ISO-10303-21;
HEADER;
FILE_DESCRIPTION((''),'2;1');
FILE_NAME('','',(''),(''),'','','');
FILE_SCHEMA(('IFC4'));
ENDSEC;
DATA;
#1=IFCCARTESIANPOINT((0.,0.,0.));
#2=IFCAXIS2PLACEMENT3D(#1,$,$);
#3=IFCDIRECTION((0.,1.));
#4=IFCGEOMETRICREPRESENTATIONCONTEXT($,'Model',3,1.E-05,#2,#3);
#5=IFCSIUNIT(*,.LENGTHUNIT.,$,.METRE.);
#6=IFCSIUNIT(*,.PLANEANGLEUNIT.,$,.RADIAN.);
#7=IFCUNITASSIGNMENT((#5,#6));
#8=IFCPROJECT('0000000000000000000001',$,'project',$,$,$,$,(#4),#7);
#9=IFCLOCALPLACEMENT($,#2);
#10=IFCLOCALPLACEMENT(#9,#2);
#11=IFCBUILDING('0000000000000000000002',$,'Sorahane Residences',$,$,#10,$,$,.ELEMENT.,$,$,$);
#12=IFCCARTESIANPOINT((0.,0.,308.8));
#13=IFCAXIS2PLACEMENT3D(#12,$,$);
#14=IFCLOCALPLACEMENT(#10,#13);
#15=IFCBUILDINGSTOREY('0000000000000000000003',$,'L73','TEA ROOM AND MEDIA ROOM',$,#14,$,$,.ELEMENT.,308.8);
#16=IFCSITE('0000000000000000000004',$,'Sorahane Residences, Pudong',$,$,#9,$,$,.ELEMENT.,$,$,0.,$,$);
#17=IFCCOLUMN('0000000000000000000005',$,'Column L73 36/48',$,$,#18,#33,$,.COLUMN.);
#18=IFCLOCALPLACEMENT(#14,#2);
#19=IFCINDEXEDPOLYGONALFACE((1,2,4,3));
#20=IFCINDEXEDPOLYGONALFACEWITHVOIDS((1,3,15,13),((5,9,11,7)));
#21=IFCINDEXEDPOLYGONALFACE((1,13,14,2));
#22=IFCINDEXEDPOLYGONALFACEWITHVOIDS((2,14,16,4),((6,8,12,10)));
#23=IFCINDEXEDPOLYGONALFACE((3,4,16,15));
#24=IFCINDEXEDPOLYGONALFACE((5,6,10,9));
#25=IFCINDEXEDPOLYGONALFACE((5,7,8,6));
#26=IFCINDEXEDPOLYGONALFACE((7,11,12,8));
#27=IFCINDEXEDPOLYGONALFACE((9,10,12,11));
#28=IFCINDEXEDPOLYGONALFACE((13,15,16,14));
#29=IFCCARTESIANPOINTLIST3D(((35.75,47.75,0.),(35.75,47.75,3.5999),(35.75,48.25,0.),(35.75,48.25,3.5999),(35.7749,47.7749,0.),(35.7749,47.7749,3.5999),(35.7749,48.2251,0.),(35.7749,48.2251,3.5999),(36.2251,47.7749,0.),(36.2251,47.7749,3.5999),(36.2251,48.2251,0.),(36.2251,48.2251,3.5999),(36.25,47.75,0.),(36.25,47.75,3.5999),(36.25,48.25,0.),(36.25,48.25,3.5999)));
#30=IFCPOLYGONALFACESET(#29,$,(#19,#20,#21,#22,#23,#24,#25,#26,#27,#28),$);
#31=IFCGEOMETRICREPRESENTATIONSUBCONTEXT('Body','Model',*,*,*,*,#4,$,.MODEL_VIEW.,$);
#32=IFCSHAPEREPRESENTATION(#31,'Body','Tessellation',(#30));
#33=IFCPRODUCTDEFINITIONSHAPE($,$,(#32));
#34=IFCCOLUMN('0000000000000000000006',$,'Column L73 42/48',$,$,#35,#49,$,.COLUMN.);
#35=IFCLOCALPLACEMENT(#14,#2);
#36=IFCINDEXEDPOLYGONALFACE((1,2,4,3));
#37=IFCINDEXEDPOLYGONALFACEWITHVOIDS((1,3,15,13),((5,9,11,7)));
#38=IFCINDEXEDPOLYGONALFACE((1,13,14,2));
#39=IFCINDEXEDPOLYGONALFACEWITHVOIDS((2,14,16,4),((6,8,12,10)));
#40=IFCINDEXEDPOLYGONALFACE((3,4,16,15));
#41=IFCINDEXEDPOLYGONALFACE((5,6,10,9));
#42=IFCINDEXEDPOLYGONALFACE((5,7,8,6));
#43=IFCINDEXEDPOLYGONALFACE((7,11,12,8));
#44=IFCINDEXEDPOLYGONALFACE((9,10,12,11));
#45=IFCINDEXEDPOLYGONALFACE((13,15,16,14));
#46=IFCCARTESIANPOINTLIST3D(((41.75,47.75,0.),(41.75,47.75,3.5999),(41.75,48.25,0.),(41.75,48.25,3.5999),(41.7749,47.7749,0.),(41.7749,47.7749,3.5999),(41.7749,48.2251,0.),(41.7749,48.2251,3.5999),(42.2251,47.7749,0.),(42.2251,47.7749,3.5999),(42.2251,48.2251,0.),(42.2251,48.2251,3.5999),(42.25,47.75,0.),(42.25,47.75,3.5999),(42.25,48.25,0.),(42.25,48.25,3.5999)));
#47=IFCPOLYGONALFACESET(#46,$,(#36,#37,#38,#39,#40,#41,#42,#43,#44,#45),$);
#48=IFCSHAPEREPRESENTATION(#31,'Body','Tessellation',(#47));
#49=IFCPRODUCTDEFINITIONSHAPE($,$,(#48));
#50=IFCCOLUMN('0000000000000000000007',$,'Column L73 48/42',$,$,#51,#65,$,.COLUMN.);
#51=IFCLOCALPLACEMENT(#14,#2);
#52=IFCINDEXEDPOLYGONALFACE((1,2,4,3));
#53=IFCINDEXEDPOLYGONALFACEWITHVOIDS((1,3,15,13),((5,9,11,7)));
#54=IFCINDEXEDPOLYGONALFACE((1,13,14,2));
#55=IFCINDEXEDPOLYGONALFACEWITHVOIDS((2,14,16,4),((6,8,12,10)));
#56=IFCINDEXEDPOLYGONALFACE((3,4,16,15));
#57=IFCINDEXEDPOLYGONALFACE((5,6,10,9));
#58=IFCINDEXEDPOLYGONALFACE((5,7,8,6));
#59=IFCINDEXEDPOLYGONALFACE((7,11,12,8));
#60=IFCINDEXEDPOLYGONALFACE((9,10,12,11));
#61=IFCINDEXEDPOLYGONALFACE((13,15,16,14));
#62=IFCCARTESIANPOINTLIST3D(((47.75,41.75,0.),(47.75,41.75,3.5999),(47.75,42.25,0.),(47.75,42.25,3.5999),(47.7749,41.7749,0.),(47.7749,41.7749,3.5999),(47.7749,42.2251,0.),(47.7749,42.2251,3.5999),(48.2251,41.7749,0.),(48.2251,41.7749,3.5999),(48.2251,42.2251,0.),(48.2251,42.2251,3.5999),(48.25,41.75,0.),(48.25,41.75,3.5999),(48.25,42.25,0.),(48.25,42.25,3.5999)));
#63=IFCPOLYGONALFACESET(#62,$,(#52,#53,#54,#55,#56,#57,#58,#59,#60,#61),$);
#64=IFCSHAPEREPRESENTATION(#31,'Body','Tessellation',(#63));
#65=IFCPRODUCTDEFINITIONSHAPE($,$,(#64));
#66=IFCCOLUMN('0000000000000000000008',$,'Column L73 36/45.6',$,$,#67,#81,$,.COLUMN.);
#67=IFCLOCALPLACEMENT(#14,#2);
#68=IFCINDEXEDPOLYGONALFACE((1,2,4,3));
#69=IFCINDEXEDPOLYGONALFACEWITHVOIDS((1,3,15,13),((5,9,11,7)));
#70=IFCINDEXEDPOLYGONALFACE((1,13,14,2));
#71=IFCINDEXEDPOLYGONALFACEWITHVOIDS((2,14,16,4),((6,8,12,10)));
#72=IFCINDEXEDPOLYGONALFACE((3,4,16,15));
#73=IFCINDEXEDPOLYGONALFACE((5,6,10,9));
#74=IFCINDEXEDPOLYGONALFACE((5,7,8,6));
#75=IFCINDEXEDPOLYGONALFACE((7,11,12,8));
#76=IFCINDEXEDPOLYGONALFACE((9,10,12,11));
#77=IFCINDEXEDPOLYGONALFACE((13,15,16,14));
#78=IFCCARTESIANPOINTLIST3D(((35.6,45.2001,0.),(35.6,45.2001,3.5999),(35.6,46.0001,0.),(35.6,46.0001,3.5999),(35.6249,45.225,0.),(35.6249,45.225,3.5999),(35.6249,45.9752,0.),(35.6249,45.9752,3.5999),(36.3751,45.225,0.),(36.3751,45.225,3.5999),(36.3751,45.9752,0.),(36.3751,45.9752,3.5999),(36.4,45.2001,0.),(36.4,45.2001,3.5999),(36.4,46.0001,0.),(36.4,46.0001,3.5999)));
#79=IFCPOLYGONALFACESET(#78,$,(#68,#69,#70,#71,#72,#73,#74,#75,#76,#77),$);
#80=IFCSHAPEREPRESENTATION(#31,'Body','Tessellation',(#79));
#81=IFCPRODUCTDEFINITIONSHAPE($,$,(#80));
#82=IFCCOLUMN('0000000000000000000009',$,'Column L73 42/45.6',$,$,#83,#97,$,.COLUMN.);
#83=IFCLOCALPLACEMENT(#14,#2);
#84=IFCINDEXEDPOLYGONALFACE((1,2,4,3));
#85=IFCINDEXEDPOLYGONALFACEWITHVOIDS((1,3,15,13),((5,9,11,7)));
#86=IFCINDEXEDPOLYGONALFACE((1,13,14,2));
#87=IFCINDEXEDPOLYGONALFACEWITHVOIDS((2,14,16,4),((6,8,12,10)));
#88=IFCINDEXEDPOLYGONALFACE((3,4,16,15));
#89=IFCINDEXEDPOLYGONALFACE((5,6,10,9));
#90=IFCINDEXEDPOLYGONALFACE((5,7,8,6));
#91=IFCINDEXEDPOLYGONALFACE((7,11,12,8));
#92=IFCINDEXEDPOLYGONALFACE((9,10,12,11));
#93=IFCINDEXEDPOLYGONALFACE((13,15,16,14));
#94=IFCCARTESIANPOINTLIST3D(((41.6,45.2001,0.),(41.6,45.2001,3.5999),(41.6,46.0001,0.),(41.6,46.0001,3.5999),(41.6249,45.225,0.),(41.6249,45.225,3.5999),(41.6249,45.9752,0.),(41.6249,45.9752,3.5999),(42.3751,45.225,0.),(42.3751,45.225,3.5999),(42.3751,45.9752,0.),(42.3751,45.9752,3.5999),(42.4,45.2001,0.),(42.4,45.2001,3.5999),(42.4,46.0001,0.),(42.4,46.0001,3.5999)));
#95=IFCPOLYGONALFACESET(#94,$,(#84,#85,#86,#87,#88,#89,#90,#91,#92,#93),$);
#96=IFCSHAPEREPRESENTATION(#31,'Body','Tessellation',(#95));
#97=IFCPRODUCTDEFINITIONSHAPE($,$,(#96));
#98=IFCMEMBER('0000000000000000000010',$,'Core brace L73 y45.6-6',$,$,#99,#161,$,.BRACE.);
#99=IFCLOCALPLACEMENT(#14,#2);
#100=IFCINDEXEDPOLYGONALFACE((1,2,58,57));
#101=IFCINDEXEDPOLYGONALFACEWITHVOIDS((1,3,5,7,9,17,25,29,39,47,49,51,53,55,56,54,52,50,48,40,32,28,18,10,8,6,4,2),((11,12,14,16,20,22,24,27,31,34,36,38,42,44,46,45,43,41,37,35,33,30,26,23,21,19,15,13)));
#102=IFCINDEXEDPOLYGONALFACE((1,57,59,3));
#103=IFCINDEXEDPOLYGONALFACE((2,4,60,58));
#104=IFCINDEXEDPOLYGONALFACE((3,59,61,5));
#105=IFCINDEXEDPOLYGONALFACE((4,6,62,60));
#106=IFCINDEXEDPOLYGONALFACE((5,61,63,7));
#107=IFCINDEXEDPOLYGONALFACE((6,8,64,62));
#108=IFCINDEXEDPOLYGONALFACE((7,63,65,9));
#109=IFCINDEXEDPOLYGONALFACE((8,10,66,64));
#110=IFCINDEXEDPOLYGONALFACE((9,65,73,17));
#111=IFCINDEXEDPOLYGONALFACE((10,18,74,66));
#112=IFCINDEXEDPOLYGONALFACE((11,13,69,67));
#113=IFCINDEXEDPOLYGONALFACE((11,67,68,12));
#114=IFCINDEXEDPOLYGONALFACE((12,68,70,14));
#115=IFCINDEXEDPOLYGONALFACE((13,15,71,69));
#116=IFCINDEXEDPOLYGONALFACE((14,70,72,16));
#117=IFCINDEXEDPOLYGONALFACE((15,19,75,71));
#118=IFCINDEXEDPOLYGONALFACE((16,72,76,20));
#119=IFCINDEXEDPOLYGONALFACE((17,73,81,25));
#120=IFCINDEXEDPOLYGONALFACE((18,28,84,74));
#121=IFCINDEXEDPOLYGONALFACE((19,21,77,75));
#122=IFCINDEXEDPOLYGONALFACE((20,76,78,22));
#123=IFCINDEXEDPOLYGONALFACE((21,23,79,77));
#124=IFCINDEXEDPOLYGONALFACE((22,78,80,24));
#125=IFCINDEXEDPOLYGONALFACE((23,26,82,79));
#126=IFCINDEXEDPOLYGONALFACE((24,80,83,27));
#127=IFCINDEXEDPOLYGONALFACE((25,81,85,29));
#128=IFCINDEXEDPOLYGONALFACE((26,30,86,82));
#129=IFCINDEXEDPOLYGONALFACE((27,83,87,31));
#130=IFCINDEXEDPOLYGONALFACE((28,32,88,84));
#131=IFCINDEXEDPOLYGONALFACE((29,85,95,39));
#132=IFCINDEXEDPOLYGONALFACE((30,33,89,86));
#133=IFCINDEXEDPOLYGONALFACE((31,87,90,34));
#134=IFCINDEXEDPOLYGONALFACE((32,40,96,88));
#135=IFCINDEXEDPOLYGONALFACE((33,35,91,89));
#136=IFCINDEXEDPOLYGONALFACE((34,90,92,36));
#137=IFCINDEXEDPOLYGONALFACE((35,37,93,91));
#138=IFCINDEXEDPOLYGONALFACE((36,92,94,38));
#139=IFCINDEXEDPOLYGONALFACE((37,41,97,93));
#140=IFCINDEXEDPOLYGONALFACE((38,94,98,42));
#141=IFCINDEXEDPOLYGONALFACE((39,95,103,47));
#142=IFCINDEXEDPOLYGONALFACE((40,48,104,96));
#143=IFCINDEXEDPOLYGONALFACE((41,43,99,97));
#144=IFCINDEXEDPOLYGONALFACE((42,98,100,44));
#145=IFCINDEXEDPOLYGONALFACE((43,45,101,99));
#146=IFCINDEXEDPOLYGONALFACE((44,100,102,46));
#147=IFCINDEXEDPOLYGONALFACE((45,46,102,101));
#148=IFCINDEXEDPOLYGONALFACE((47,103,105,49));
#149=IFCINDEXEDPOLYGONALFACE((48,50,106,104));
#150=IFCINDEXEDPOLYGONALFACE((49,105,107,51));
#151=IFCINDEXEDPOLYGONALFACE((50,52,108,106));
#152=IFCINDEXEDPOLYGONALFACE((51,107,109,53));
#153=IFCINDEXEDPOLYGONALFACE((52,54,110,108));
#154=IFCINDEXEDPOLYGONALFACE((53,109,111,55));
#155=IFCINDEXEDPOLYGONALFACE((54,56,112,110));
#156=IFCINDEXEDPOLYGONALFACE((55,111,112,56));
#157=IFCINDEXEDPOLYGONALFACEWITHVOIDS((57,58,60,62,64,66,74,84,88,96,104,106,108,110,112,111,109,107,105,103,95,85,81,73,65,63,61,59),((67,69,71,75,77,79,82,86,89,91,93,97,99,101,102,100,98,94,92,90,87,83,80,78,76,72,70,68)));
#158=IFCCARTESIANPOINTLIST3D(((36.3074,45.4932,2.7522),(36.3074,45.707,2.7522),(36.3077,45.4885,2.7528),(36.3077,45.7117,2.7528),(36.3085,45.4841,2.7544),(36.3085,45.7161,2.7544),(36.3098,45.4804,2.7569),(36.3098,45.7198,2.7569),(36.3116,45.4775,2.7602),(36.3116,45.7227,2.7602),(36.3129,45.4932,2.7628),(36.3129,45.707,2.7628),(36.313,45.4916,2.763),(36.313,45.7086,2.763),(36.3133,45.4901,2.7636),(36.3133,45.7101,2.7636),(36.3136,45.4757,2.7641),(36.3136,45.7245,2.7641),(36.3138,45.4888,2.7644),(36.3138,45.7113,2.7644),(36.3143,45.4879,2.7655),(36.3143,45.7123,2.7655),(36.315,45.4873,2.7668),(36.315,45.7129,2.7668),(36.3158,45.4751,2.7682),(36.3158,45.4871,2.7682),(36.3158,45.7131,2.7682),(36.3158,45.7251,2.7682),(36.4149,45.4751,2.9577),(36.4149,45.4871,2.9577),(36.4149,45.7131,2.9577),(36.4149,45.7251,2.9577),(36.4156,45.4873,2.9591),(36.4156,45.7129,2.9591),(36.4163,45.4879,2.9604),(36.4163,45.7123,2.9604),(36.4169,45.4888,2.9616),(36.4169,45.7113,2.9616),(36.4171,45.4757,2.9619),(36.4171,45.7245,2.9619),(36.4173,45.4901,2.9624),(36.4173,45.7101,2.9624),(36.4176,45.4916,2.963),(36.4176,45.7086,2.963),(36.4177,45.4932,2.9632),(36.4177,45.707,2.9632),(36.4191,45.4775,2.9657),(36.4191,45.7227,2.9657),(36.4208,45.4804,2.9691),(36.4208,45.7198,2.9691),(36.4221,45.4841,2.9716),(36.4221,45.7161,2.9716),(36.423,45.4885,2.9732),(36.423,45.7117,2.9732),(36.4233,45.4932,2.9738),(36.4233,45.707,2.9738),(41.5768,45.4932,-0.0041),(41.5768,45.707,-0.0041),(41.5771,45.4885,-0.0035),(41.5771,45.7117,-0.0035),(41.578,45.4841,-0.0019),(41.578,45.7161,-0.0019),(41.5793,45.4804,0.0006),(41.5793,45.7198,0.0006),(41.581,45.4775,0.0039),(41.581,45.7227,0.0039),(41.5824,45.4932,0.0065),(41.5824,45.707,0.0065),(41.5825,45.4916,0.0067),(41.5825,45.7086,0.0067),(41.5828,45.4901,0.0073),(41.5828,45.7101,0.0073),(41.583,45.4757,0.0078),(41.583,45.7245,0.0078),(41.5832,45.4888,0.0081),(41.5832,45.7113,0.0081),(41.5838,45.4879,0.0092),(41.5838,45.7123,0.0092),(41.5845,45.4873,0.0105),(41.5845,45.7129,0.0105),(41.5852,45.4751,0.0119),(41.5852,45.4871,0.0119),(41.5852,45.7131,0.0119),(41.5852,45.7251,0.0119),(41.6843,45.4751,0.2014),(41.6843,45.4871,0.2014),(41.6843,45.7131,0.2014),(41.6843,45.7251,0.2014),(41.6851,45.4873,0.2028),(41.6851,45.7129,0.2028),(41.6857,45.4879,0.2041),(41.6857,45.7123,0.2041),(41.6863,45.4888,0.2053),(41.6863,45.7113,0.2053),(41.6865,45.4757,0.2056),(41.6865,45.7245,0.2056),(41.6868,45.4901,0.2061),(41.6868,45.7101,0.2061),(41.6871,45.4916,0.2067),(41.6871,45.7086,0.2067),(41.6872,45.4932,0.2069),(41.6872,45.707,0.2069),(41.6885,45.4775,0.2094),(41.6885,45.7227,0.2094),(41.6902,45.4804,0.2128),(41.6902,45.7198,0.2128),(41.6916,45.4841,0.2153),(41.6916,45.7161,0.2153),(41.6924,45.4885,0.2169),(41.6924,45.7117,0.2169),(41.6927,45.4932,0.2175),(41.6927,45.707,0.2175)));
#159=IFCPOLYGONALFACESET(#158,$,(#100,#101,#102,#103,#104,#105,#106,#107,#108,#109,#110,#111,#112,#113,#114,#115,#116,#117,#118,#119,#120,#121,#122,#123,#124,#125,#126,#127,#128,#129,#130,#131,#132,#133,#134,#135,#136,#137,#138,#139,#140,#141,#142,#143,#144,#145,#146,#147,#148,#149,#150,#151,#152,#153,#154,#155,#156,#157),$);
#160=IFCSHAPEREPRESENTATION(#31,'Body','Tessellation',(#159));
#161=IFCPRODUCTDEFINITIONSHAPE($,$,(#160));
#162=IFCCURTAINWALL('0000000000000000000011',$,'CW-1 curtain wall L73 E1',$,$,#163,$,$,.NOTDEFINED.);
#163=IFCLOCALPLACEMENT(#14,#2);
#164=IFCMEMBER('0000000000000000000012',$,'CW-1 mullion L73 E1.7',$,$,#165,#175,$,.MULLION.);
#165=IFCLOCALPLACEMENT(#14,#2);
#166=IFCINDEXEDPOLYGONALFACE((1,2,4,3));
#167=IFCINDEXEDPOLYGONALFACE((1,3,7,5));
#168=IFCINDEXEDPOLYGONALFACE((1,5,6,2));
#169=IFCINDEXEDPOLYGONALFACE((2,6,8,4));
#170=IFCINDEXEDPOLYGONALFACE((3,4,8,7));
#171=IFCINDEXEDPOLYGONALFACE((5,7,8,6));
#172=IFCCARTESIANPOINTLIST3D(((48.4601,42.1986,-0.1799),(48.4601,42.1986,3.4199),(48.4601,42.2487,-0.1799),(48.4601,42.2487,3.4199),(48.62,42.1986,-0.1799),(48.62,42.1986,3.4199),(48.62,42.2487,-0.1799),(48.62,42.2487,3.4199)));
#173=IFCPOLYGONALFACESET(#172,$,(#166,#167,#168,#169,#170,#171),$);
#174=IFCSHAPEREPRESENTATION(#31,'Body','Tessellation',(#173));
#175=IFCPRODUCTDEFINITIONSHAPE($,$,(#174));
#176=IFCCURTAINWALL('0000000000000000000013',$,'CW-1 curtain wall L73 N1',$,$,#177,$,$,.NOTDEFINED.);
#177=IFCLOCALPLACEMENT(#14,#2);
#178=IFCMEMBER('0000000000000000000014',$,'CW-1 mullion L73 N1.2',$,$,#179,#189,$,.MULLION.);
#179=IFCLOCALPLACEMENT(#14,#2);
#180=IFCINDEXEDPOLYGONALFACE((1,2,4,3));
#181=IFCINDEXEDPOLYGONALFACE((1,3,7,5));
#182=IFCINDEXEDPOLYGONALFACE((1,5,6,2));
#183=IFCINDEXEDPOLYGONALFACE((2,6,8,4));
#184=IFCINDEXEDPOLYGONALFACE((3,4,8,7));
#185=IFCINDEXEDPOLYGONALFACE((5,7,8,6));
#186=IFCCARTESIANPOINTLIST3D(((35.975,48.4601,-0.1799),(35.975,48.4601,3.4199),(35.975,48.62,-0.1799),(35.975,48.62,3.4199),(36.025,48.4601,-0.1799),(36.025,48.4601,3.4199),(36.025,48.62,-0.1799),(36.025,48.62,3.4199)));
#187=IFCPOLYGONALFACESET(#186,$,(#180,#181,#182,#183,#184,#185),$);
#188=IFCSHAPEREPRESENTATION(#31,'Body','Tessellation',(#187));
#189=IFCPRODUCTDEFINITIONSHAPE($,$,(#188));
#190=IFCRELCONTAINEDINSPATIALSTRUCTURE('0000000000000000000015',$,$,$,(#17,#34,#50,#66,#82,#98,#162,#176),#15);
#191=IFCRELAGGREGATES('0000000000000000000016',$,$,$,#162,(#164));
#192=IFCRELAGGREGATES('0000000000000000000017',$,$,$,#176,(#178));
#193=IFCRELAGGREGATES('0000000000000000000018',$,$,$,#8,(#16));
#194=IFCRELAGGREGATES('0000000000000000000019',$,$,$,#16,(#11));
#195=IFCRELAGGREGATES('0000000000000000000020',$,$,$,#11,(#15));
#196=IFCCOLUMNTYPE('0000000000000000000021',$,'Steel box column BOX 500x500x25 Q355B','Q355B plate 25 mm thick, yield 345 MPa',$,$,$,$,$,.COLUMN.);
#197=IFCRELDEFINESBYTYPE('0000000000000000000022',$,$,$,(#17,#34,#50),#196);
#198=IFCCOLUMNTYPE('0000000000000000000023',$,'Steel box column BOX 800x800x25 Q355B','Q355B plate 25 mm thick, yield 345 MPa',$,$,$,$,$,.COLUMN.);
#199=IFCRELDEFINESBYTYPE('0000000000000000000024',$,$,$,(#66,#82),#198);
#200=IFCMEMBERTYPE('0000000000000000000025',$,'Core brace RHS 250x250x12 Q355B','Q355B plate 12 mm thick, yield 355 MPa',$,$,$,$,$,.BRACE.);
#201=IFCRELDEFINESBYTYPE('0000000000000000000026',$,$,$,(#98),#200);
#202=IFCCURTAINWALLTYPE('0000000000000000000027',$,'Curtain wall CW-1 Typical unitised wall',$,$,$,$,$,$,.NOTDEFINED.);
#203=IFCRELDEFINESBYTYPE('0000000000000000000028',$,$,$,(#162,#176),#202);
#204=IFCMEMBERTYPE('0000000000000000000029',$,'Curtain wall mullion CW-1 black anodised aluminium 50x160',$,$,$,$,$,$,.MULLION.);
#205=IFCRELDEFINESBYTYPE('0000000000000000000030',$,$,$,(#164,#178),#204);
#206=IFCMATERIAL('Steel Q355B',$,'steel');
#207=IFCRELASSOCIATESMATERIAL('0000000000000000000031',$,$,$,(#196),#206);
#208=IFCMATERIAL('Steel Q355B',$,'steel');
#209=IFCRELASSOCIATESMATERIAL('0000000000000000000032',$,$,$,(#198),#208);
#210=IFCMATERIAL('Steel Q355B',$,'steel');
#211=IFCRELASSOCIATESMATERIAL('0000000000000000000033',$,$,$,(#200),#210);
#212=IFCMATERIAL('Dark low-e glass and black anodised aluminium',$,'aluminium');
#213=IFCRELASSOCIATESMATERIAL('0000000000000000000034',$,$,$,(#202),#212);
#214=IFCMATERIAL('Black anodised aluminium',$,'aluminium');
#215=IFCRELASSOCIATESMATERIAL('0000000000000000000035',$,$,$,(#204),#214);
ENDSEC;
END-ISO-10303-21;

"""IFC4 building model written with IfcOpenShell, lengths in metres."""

from ifc_helpers import new_model, si_unit, direction, frame, origin, origin_2d, place, context, subcontext, project, spatial, rectangle, hollow_rectangle, extrude, material, material_profile, profile_set, type_object, element, aggregate, save


model = new_model("IFC4")

# Units and contexts
model_context = context("Model", 3, precision=1e-05, world=origin(), true_north=direction((0.0, 1.0)))
body_context = subcontext(model_context, "Body", "Model", "MODEL_VIEW")
ifc_project = project(units=[si_unit("LENGTHUNIT", "METRE"), si_unit("PLANEANGLEUNIT", "RADIAN")], contexts=[model_context])

# Site, building, storey
site_placement = place(None, origin())
site = spatial("IfcSite", under=ifc_project, at=site_placement, Name="Sorahane Residences, Pudong", CompositionType="ELEMENT", RefElevation=0.0)
building_placement = place(site_placement, origin())
building = spatial("IfcBuilding", under=site, at=building_placement, Name="Sorahane Residences", CompositionType="ELEMENT")
storey_placement = place(building_placement, frame((0.0, 0.0, 308.8)))
storey = spatial("IfcBuildingStorey", under=building, at=storey_placement, Name="L73", Description="TEA ROOM AND MEDIA ROOM", CompositionType="ELEMENT", Elevation=308.8)

# Columns
ifc_material_1 = material(Name="Steel Q355B", Category="steel")
ifc_material_profile_1 = material_profile(ifc_material_1, hollow_rectangle(XDim=0.5, YDim=0.5, WallThickness=0.0249, at=origin_2d()), Name="BOX 500x500x25")
ifc_profile_set_1 = profile_set([ifc_material_profile_1], Name="Steel Q355B")
column_type_1 = type_object("IfcColumnType", Name="Steel box column BOX 500x500x25 Q355B", Description="Q355B plate 25 mm thick, yield 345 MPa", PredefinedType="COLUMN", material=ifc_profile_set_1)
for number, where, z_axis, x_axis, name in (
    (1, (36.0, 48.0, 0.0), (0.0, 0.0, 1.0), (1.0, 0.0, 0.0), "Column L73 36/48"),
    (2, (42.0, 48.0, 0.0), (0.0, 0.0, 1.0), (1.0, 0.0, 0.0), "Column L73 42/48"),
    (3, (48.0, 42.0, 0.0), (0.0, 0.0, 1.0), (1.0, 0.0, 0.0), "Column L73 48/42"),
):
    element("IfcColumn", number, at=place(storey_placement, frame(where, z_axis=z_axis, x_axis=x_axis)), inside=storey, type_object=column_type_1, Name=name, PredefinedType="COLUMN", context=body_context, shape_type="SweptSolid", body=[
        extrude(hollow_rectangle(XDim=0.5, YDim=0.5, WallThickness=0.0249, at=origin_2d()), origin(), (0.0, 0.0, 1.0), 3.5999),
    ])
ifc_material_2 = material(Name="Steel Q355B", Category="steel")
ifc_material_profile_2 = material_profile(ifc_material_2, hollow_rectangle(XDim=0.8, YDim=0.8, WallThickness=0.0249, at=origin_2d()), Name="BOX 800x800x25")
ifc_profile_set_2 = profile_set([ifc_material_profile_2], Name="Steel Q355B")
column_type_2 = type_object("IfcColumnType", Name="Steel box column BOX 800x800x25 Q355B", Description="Q355B plate 25 mm thick, yield 345 MPa", PredefinedType="COLUMN", material=ifc_profile_set_2)
for number, where, z_axis, x_axis, name in (
    (4, (36.0, 45.6001, 0.0), (0.0, 0.0, 1.0), (1.0, 0.0, 0.0), "Column L73 36/45.6"),
    (5, (42.0, 45.6001, 0.0), (0.0, 0.0, 1.0), (1.0, 0.0, 0.0), "Column L73 42/45.6"),
):
    element("IfcColumn", number, at=place(storey_placement, frame(where, z_axis=z_axis, x_axis=x_axis)), inside=storey, type_object=column_type_2, Name=name, PredefinedType="COLUMN", context=body_context, shape_type="SweptSolid", body=[
        extrude(hollow_rectangle(XDim=0.8, YDim=0.8, WallThickness=0.0249, at=origin_2d()), origin(), (0.0, 0.0, 1.0), 3.5999),
    ])

# Member
ifc_material_3 = material(Name="Steel Q355B", Category="steel")
ifc_material_profile_3 = material_profile(ifc_material_3, hollow_rectangle(XDim=0.25, YDim=0.25, WallThickness=0.012, InnerFilletRadius=0.0061, OuterFilletRadius=0.0181, at=origin_2d()), Name="RHS 250x250x12")
ifc_profile_set_3 = profile_set([ifc_material_profile_3], Name="Steel Q355B")
member_type_1 = type_object("IfcMemberType", Name="Core brace RHS 250x250x12 Q355B", Description="Q355B plate 12 mm thick, yield 355 MPa", PredefinedType="BRACE", material=ifc_profile_set_3)
member_1_placement = place(storey_placement, frame((41.6348, 45.6001, 0.1067), z_axis=(-0.8861, 0.0, 0.463495), x_axis=(0.0, -1.0, 0.0)))
element("IfcMember", 6, at=member_1_placement, inside=storey, type_object=member_type_1, Name="Core brace L73 y45.6-6", PredefinedType="BRACE", context=body_context, shape_type="SweptSolid", body=[
    extrude(hollow_rectangle(XDim=0.25, YDim=0.25, WallThickness=0.012, InnerFilletRadius=0.0061, OuterFilletRadius=0.0181, at=origin_2d()), origin(), (0.0, 0.0, 1.0), 5.9468),
])

# Curtain walls, members
ifc_material_4 = material(Name="Dark low-e glass and black anodised aluminium", Category="aluminium")
curtain_wall_type_1 = type_object("IfcCurtainWallType", Name="Curtain wall CW-1 Typical unitised wall", PredefinedType="NOTDEFINED", material=ifc_material_4)
curtain_wall_1_placement = place(storey_placement, origin())
curtain_wall_1 = element("IfcCurtainWall", 7, at=curtain_wall_1_placement, inside=storey, type_object=curtain_wall_type_1, Name="CW-1 curtain wall L73 E1", PredefinedType="NOTDEFINED")
ifc_material_5 = material(Name="Black anodised aluminium", Category="aluminium")
ifc_material_profile_4 = material_profile(ifc_material_5, rectangle(XDim=0.1599, YDim=0.05, at=origin_2d()), Name="Curtain wall mullion CW-1 black anodised aluminium 50x160")
ifc_profile_set_4 = profile_set([ifc_material_profile_4], Name="Black anodised aluminium")
member_type_2 = type_object("IfcMemberType", Name="Curtain wall mullion CW-1 black anodised aluminium 50x160", PredefinedType="MULLION", material=ifc_profile_set_4)
member_2_placement = place(storey_placement, frame((48.54, 42.2236, -0.1799), z_axis=(0.0, 0.0, 1.0), x_axis=(1.0, 0.0, 0.0)))
member_2 = element("IfcMember", 8, at=member_2_placement, type_object=member_type_2, Name="CW-1 mullion L73 E1.7", PredefinedType="MULLION", context=body_context, shape_type="SweptSolid", body=[
    extrude(rectangle(XDim=0.1599, YDim=0.05, at=origin_2d()), origin(), (0.0, 0.0, 1.0), 3.5999),
])
aggregate(curtain_wall_1, [member_2])
curtain_wall_2_placement = place(storey_placement, origin())
curtain_wall_2 = element("IfcCurtainWall", 9, at=curtain_wall_2_placement, inside=storey, type_object=curtain_wall_type_1, Name="CW-1 curtain wall L73 N1", PredefinedType="NOTDEFINED")
member_3_placement = place(storey_placement, frame((36.0, 48.54, -0.1799), z_axis=(0.0, 0.0, 1.0), x_axis=(0.0, 1.0, 0.0)))
member_3 = element("IfcMember", 10, at=member_3_placement, type_object=member_type_2, Name="CW-1 mullion L73 N1.2", PredefinedType="MULLION", context=body_context, shape_type="SweptSolid", body=[
    extrude(rectangle(XDim=0.1599, YDim=0.05, at=origin_2d()), origin(), (0.0, 0.0, 1.0), 3.5999),
])

aggregate(curtain_wall_2, [member_3])

save(model, "model.ifc")
